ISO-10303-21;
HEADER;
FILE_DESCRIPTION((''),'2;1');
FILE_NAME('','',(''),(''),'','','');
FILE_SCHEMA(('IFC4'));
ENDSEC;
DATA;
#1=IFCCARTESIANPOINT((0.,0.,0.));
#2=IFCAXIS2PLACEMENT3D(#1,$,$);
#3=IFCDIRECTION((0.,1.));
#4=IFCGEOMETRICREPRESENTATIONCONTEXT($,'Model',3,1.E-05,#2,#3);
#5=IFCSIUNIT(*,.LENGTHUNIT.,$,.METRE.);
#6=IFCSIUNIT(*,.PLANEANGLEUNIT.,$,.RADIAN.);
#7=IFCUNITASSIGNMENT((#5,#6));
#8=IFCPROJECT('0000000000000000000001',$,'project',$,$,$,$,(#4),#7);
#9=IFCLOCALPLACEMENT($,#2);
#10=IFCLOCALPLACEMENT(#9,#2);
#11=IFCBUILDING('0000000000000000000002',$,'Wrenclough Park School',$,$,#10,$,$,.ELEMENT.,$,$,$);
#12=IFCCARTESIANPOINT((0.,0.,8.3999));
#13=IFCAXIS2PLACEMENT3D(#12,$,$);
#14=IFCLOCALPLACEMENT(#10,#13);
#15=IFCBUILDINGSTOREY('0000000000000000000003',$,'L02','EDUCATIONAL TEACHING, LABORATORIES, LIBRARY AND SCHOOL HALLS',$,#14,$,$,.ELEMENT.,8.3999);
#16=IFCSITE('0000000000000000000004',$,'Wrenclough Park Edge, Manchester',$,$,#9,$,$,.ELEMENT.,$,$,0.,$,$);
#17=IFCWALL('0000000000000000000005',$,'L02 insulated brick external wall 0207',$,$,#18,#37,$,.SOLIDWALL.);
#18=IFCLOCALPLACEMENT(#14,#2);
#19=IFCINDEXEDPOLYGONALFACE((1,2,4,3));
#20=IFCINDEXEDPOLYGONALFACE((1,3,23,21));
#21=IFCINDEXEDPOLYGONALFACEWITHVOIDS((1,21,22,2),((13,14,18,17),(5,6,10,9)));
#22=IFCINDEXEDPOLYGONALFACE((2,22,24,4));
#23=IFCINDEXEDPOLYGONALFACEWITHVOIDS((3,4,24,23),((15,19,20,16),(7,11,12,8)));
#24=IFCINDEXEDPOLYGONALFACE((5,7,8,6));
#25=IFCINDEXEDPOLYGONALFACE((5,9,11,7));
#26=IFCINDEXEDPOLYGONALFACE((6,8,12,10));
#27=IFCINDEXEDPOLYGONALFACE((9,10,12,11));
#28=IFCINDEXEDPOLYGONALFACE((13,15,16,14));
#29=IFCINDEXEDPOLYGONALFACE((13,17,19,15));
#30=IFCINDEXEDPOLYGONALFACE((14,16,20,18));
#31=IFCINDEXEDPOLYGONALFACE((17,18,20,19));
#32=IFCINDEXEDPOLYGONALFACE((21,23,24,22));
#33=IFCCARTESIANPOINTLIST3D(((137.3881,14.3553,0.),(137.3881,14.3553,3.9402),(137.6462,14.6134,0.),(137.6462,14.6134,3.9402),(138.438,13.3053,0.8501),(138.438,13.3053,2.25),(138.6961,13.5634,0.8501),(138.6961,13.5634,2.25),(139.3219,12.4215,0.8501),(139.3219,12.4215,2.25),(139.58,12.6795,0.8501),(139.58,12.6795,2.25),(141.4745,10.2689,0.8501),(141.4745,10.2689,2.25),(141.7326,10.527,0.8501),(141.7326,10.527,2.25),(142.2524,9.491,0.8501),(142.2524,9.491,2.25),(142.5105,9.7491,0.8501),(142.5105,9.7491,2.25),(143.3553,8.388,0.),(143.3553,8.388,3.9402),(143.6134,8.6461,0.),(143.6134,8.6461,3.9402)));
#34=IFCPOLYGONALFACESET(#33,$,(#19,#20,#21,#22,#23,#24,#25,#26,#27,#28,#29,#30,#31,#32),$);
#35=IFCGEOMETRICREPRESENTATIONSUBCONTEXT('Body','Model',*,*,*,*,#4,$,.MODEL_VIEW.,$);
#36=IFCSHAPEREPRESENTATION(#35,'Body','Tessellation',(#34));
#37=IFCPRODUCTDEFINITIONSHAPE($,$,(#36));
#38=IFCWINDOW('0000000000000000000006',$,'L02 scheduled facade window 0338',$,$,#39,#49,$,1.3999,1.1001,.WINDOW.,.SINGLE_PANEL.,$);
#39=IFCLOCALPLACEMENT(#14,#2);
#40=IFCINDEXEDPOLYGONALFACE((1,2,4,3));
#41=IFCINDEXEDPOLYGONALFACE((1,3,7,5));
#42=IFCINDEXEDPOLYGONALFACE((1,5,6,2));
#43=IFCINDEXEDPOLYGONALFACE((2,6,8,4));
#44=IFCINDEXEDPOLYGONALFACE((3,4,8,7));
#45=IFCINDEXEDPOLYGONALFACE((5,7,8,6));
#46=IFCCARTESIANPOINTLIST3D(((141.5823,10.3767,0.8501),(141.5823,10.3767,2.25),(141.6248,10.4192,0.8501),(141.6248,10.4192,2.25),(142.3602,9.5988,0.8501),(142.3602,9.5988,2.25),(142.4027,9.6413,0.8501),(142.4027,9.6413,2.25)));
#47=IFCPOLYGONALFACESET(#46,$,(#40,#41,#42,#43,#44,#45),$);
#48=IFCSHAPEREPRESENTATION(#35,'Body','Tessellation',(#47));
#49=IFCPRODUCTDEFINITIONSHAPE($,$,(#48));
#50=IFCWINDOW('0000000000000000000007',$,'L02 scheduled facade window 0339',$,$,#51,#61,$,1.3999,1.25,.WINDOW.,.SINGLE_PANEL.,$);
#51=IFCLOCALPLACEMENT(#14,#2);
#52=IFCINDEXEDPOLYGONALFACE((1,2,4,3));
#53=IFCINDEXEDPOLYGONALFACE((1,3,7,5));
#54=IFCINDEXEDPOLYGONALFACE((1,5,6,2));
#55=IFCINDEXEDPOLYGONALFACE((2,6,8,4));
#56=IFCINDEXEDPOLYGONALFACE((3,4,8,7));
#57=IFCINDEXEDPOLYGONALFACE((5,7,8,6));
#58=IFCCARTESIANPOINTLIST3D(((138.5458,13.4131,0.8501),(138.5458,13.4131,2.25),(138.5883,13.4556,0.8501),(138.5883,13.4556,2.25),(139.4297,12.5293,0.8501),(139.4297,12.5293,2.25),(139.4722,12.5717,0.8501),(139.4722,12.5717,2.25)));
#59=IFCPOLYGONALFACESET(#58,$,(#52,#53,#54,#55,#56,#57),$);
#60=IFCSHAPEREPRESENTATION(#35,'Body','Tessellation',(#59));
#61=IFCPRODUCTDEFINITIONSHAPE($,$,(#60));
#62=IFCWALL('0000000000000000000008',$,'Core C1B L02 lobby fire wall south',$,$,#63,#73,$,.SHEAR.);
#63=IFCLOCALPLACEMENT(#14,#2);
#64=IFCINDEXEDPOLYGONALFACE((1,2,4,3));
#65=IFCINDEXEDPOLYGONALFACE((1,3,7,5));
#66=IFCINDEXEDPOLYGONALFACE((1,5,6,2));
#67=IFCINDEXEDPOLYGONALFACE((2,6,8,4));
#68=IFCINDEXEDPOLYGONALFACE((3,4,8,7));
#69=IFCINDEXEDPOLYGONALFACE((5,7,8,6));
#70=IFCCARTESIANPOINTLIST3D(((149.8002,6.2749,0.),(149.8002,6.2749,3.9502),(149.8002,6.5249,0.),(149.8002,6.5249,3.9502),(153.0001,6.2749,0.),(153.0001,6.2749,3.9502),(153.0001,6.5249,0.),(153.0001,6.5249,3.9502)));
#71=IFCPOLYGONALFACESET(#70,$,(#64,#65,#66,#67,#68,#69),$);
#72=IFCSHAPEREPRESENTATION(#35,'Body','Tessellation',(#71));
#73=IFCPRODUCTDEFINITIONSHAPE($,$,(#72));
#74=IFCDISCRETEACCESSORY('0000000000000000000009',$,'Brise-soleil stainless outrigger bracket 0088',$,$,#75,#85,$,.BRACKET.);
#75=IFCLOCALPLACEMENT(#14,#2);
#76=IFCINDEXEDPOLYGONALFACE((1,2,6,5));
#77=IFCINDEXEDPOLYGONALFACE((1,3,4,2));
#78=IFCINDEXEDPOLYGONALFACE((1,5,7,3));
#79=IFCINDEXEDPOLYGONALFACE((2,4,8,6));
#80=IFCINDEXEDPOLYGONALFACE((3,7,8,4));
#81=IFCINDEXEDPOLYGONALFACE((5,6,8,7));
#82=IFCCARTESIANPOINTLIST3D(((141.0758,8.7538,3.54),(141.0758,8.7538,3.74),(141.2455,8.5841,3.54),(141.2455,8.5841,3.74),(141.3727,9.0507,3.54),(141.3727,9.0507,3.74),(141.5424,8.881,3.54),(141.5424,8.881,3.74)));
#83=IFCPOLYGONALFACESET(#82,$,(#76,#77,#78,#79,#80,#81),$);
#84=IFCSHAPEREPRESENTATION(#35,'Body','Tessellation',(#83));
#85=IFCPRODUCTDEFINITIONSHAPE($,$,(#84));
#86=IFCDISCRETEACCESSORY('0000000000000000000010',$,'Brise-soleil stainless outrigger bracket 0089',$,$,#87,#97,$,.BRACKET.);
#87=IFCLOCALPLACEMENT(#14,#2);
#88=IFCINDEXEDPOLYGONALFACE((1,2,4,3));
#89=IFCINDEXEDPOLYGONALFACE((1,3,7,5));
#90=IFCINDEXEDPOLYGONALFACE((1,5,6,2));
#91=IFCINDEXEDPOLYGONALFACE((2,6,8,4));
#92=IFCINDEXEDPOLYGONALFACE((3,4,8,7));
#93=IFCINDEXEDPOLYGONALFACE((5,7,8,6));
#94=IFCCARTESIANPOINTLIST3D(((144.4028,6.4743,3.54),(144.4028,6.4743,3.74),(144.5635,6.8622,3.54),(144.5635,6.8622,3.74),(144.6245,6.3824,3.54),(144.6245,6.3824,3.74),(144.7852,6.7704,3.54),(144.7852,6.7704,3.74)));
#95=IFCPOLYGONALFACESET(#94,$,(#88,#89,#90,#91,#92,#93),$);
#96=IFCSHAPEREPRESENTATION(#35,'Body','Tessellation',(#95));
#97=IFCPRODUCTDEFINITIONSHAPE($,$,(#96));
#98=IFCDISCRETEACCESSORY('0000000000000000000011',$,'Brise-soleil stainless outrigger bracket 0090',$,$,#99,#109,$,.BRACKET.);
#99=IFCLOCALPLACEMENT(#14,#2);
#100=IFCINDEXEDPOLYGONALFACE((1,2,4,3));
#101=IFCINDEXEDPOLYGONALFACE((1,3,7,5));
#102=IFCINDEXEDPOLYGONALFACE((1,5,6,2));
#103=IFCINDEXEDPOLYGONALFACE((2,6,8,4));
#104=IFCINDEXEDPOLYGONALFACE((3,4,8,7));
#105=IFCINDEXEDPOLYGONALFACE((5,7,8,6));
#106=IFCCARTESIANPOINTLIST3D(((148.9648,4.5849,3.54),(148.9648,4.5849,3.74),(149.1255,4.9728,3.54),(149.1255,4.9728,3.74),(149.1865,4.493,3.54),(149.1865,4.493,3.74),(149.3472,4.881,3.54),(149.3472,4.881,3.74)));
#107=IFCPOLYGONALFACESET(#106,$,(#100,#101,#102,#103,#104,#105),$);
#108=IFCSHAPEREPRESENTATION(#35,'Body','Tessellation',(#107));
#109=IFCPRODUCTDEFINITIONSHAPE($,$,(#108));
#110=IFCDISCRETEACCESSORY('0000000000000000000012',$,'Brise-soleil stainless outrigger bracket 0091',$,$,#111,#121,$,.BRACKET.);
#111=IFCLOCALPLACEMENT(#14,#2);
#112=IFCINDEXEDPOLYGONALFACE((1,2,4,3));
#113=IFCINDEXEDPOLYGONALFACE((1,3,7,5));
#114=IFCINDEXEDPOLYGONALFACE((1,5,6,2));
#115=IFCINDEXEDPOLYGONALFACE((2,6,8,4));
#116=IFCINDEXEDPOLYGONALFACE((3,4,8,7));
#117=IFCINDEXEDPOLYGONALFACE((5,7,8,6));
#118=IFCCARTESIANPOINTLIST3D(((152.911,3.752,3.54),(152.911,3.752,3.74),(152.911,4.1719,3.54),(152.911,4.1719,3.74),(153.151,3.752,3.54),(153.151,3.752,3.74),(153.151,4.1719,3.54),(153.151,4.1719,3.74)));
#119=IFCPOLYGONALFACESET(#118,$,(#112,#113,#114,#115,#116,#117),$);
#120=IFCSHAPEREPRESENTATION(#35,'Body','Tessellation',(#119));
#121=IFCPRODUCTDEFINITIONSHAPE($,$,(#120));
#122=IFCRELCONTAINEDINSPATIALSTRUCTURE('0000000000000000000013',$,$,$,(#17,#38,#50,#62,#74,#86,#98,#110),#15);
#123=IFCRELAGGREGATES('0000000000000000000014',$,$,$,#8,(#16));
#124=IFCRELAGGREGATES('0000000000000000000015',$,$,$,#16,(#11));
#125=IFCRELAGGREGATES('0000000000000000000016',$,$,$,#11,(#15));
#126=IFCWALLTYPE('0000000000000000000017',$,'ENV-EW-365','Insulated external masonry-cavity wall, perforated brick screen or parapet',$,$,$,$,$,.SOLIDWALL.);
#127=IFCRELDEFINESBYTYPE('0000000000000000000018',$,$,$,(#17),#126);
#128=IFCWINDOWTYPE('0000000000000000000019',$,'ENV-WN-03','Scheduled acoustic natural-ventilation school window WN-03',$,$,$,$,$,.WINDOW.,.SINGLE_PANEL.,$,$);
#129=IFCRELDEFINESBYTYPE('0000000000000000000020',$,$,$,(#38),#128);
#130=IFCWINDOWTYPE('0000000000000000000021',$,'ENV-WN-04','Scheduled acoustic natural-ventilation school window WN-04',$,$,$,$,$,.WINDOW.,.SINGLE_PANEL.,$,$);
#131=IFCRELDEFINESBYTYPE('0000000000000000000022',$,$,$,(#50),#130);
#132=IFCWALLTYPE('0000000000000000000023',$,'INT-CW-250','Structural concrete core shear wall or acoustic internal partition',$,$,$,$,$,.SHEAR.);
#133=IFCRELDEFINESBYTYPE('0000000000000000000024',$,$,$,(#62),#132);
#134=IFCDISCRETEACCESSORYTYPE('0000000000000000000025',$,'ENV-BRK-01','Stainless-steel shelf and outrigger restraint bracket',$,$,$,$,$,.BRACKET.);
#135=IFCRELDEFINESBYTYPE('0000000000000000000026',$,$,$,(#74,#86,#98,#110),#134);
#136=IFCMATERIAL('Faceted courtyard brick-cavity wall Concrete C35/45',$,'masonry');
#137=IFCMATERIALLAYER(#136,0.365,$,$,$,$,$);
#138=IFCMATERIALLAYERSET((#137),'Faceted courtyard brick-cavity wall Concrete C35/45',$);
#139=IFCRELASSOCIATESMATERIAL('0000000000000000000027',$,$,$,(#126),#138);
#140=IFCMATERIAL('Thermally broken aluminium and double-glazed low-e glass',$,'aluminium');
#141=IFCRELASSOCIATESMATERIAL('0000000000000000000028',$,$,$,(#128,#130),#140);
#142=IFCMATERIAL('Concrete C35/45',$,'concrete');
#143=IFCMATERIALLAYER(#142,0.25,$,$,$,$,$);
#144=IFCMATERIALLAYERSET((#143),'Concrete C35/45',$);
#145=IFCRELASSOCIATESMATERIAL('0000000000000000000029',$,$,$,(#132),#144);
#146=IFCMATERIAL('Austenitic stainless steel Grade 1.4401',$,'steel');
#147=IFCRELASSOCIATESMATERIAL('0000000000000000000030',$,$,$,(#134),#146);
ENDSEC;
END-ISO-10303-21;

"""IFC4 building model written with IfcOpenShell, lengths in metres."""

from ifc_helpers import new_model, si_unit, direction, frame, frame_2d, origin, origin_2d, place, context, subcontext, project, spatial, rectangle, extrude, material, layer, layer_set, type_object, element, fill, save


model = new_model("IFC4")

# Units and contexts
model_context = context("Model", 3, precision=1e-05, world=origin(), true_north=direction((0.0, 1.0)))
body_context = subcontext(model_context, "Body", "Model", "MODEL_VIEW")
ifc_project = project(units=[si_unit("LENGTHUNIT", "METRE"), si_unit("PLANEANGLEUNIT", "RADIAN")], contexts=[model_context])

# Site, building, storey
site_placement = place(None, origin())
site = spatial("IfcSite", under=ifc_project, at=site_placement, Name="Wrenclough Park Edge, Manchester", CompositionType="ELEMENT", RefElevation=0.0)
building_placement = place(site_placement, origin())
building = spatial("IfcBuilding", under=site, at=building_placement, Name="Wrenclough Park School", CompositionType="ELEMENT")
storey_placement = place(building_placement, frame((0.0, 0.0, 8.3999)))
storey = spatial("IfcBuildingStorey", under=building, at=storey_placement, Name="L02", Description="EDUCATIONAL TEACHING, LABORATORIES, LIBRARY AND SCHOOL HALLS", CompositionType="ELEMENT", Elevation=8.3999)

# Wall, openings, windows
ifc_material_1 = material(Name="Faceted courtyard brick-cavity wall Concrete C35/45", Category="masonry")
ifc_layer_1 = layer(ifc_material_1, 0.365)
ifc_layer_set_1 = layer_set([ifc_layer_1], Name="Faceted courtyard brick-cavity wall Concrete C35/45")
wall_type_1 = type_object("IfcWallType", Name="ENV-EW-365", Description="Insulated external masonry-cavity wall, perforated brick screen or parapet", PredefinedType="SOLIDWALL", material=ifc_layer_set_1)
wall_1_placement = place(storey_placement, frame((143.4844, 8.5171, 0.0), z_axis=(0.0, 0.0, 1.0), x_axis=(-0.707107, 0.707107, 0.0)))
wall_1 = element("IfcWall", 1, at=wall_1_placement, inside=storey, type_object=wall_type_1, Name="L02 insulated brick external wall 0207", PredefinedType="SOLIDWALL", context=body_context, shape_type="SweptSolid", body=[
    extrude(rectangle(XDim=8.439, YDim=0.365, at=frame_2d((4.2195, 0.0))), origin(), (0.0, 0.0, 1.0), 3.9402),
])
opening_1_placement = place(wall_1_placement, frame((1.5598, 0.0, 0.8501)))
opening_1 = element("IfcOpeningElement", 2, at=opening_1_placement, cuts=wall_1, PredefinedType="OPENING", context=body_context, shape_type="SweptSolid", body=[
    extrude(rectangle(XDim=1.1001, YDim=1.3999, at=frame_2d((0.55, 0.7))), frame((0.0, 0.1924, 0.0), z_axis=(0.0, -1.0, 0.0), x_axis=(1.0, 0.0, 0.0)), (0.0, 0.0, 1.0), 0.385),
])
opening_2_placement = place(wall_1_placement, frame((5.7041, 0.0, 0.8501)))
opening_2 = element("IfcOpeningElement", 3, at=opening_2_placement, cuts=wall_1, PredefinedType="OPENING", context=body_context, shape_type="SweptSolid", body=[
    extrude(rectangle(XDim=1.25, YDim=1.3999, at=frame_2d((0.625, 0.7))), frame((0.0, 0.1924, 0.0), z_axis=(0.0, -1.0, 0.0), x_axis=(1.0, 0.0, 0.0)), (0.0, 0.0, 1.0), 0.385),
])
ifc_material_2 = material(Name="Thermally broken aluminium and double-glazed low-e glass", Category="aluminium")
window_type_1 = type_object("IfcWindowType", Name="ENV-WN-03", Description="Scheduled acoustic natural-ventilation school window WN-03", PartitioningType="SINGLE_PANEL", PredefinedType="WINDOW", material=ifc_material_2)
window_1_placement = place(opening_1_placement, origin())
window_1 = element("IfcWindow", 4, at=window_1_placement, inside=storey, type_object=window_type_1, Name="L02 scheduled facade window 0338", OverallHeight=1.3999, OverallWidth=1.1001, PartitioningType="SINGLE_PANEL", PredefinedType="WINDOW", context=body_context, shape_type="SweptSolid", body=[
    extrude(rectangle(XDim=1.1001, YDim=1.3999, at=frame_2d((0.55, 0.7))), frame((0.0, 0.03, 0.0), z_axis=(0.0, -1.0, 0.0), x_axis=(1.0, 0.0, 0.0)), (0.0, 0.0, 1.0), 0.0601),
])
fill(opening_1, window_1)
window_type_2 = type_object("IfcWindowType", Name="ENV-WN-04", Description="Scheduled acoustic natural-ventilation school window WN-04", PartitioningType="SINGLE_PANEL", PredefinedType="WINDOW", material=ifc_material_2)
window_2_placement = place(opening_2_placement, origin())
window_2 = element("IfcWindow", 5, at=window_2_placement, inside=storey, type_object=window_type_2, Name="L02 scheduled facade window 0339", OverallHeight=1.3999, OverallWidth=1.25, PartitioningType="SINGLE_PANEL", PredefinedType="WINDOW", context=body_context, shape_type="SweptSolid", body=[
    extrude(rectangle(XDim=1.25, YDim=1.3999, at=frame_2d((0.625, 0.7))), frame((0.0, 0.03, 0.0), z_axis=(0.0, -1.0, 0.0), x_axis=(1.0, 0.0, 0.0)), (0.0, 0.0, 1.0), 0.0601),
])
fill(opening_2, window_2)

# Wall
ifc_material_3 = material(Name="Concrete C35/45", Category="concrete")
ifc_layer_2 = layer(ifc_material_3, 0.25)
ifc_layer_set_2 = layer_set([ifc_layer_2], Name="Concrete C35/45")
wall_type_2 = type_object("IfcWallType", Name="INT-CW-250", Description="Structural concrete core shear wall or acoustic internal partition", PredefinedType="SHEAR", material=ifc_layer_set_2)
wall_2_placement = place(storey_placement, frame((149.8, 6.3999, 0.0), z_axis=(0.0, 0.0, 1.0), x_axis=(1.0, 0.0, 0.0)))
element("IfcWall", 6, at=wall_2_placement, inside=storey, type_object=wall_type_2, Name="Core C1B L02 lobby fire wall south", PredefinedType="SHEAR", context=body_context, shape_type="SweptSolid", body=[
    extrude(rectangle(XDim=3.2, YDim=0.25, at=frame_2d((1.6001, 0.0))), origin(), (0.0, 0.0, 1.0), 3.9502),
])

# Discrete accessories
ifc_material_4 = material(Name="Austenitic stainless steel Grade 1.4401", Category="steel")
discrete_accessory_type = type_object("IfcDiscreteAccessoryType", Name="ENV-BRK-01", Description="Stainless-steel shelf and outrigger restraint bracket", PredefinedType="BRACKET", material=ifc_material_4)
for number, where, z_axis, x_axis, name in (
    (7, (141.3091, 8.8174, 3.54), (0.0, 0.0, 1.0), (0.707107, -0.707107, 0.0), "Brise-soleil stainless outrigger bracket 0088"),
    (8, (144.594, 6.6223, 3.54), (0.0, 0.0, 1.0), (0.923879, -0.382684, 0.0), "Brise-soleil stainless outrigger bracket 0089"),
    (9, (149.156, 4.7329, 3.54), (0.0, 0.0, 1.0), (0.923879, -0.382684, 0.0), "Brise-soleil stainless outrigger bracket 0090"),
    (10, (153.031, 3.9619, 3.54), (0.0, 0.0, 1.0), (1.0, 0.0, 0.0), "Brise-soleil stainless outrigger bracket 0091"),
):
    element("IfcDiscreteAccessory", number, at=place(storey_placement, frame(where, z_axis=z_axis, x_axis=x_axis)), inside=storey, type_object=discrete_accessory_type, Name=name, PredefinedType="BRACKET", context=body_context, shape_type="SweptSolid", body=[
        extrude(rectangle(XDim=0.24, YDim=0.4199, at=origin_2d()), origin(), (0.0, 0.0, 1.0), 0.2),
    ])

save(model, "model.ifc")
